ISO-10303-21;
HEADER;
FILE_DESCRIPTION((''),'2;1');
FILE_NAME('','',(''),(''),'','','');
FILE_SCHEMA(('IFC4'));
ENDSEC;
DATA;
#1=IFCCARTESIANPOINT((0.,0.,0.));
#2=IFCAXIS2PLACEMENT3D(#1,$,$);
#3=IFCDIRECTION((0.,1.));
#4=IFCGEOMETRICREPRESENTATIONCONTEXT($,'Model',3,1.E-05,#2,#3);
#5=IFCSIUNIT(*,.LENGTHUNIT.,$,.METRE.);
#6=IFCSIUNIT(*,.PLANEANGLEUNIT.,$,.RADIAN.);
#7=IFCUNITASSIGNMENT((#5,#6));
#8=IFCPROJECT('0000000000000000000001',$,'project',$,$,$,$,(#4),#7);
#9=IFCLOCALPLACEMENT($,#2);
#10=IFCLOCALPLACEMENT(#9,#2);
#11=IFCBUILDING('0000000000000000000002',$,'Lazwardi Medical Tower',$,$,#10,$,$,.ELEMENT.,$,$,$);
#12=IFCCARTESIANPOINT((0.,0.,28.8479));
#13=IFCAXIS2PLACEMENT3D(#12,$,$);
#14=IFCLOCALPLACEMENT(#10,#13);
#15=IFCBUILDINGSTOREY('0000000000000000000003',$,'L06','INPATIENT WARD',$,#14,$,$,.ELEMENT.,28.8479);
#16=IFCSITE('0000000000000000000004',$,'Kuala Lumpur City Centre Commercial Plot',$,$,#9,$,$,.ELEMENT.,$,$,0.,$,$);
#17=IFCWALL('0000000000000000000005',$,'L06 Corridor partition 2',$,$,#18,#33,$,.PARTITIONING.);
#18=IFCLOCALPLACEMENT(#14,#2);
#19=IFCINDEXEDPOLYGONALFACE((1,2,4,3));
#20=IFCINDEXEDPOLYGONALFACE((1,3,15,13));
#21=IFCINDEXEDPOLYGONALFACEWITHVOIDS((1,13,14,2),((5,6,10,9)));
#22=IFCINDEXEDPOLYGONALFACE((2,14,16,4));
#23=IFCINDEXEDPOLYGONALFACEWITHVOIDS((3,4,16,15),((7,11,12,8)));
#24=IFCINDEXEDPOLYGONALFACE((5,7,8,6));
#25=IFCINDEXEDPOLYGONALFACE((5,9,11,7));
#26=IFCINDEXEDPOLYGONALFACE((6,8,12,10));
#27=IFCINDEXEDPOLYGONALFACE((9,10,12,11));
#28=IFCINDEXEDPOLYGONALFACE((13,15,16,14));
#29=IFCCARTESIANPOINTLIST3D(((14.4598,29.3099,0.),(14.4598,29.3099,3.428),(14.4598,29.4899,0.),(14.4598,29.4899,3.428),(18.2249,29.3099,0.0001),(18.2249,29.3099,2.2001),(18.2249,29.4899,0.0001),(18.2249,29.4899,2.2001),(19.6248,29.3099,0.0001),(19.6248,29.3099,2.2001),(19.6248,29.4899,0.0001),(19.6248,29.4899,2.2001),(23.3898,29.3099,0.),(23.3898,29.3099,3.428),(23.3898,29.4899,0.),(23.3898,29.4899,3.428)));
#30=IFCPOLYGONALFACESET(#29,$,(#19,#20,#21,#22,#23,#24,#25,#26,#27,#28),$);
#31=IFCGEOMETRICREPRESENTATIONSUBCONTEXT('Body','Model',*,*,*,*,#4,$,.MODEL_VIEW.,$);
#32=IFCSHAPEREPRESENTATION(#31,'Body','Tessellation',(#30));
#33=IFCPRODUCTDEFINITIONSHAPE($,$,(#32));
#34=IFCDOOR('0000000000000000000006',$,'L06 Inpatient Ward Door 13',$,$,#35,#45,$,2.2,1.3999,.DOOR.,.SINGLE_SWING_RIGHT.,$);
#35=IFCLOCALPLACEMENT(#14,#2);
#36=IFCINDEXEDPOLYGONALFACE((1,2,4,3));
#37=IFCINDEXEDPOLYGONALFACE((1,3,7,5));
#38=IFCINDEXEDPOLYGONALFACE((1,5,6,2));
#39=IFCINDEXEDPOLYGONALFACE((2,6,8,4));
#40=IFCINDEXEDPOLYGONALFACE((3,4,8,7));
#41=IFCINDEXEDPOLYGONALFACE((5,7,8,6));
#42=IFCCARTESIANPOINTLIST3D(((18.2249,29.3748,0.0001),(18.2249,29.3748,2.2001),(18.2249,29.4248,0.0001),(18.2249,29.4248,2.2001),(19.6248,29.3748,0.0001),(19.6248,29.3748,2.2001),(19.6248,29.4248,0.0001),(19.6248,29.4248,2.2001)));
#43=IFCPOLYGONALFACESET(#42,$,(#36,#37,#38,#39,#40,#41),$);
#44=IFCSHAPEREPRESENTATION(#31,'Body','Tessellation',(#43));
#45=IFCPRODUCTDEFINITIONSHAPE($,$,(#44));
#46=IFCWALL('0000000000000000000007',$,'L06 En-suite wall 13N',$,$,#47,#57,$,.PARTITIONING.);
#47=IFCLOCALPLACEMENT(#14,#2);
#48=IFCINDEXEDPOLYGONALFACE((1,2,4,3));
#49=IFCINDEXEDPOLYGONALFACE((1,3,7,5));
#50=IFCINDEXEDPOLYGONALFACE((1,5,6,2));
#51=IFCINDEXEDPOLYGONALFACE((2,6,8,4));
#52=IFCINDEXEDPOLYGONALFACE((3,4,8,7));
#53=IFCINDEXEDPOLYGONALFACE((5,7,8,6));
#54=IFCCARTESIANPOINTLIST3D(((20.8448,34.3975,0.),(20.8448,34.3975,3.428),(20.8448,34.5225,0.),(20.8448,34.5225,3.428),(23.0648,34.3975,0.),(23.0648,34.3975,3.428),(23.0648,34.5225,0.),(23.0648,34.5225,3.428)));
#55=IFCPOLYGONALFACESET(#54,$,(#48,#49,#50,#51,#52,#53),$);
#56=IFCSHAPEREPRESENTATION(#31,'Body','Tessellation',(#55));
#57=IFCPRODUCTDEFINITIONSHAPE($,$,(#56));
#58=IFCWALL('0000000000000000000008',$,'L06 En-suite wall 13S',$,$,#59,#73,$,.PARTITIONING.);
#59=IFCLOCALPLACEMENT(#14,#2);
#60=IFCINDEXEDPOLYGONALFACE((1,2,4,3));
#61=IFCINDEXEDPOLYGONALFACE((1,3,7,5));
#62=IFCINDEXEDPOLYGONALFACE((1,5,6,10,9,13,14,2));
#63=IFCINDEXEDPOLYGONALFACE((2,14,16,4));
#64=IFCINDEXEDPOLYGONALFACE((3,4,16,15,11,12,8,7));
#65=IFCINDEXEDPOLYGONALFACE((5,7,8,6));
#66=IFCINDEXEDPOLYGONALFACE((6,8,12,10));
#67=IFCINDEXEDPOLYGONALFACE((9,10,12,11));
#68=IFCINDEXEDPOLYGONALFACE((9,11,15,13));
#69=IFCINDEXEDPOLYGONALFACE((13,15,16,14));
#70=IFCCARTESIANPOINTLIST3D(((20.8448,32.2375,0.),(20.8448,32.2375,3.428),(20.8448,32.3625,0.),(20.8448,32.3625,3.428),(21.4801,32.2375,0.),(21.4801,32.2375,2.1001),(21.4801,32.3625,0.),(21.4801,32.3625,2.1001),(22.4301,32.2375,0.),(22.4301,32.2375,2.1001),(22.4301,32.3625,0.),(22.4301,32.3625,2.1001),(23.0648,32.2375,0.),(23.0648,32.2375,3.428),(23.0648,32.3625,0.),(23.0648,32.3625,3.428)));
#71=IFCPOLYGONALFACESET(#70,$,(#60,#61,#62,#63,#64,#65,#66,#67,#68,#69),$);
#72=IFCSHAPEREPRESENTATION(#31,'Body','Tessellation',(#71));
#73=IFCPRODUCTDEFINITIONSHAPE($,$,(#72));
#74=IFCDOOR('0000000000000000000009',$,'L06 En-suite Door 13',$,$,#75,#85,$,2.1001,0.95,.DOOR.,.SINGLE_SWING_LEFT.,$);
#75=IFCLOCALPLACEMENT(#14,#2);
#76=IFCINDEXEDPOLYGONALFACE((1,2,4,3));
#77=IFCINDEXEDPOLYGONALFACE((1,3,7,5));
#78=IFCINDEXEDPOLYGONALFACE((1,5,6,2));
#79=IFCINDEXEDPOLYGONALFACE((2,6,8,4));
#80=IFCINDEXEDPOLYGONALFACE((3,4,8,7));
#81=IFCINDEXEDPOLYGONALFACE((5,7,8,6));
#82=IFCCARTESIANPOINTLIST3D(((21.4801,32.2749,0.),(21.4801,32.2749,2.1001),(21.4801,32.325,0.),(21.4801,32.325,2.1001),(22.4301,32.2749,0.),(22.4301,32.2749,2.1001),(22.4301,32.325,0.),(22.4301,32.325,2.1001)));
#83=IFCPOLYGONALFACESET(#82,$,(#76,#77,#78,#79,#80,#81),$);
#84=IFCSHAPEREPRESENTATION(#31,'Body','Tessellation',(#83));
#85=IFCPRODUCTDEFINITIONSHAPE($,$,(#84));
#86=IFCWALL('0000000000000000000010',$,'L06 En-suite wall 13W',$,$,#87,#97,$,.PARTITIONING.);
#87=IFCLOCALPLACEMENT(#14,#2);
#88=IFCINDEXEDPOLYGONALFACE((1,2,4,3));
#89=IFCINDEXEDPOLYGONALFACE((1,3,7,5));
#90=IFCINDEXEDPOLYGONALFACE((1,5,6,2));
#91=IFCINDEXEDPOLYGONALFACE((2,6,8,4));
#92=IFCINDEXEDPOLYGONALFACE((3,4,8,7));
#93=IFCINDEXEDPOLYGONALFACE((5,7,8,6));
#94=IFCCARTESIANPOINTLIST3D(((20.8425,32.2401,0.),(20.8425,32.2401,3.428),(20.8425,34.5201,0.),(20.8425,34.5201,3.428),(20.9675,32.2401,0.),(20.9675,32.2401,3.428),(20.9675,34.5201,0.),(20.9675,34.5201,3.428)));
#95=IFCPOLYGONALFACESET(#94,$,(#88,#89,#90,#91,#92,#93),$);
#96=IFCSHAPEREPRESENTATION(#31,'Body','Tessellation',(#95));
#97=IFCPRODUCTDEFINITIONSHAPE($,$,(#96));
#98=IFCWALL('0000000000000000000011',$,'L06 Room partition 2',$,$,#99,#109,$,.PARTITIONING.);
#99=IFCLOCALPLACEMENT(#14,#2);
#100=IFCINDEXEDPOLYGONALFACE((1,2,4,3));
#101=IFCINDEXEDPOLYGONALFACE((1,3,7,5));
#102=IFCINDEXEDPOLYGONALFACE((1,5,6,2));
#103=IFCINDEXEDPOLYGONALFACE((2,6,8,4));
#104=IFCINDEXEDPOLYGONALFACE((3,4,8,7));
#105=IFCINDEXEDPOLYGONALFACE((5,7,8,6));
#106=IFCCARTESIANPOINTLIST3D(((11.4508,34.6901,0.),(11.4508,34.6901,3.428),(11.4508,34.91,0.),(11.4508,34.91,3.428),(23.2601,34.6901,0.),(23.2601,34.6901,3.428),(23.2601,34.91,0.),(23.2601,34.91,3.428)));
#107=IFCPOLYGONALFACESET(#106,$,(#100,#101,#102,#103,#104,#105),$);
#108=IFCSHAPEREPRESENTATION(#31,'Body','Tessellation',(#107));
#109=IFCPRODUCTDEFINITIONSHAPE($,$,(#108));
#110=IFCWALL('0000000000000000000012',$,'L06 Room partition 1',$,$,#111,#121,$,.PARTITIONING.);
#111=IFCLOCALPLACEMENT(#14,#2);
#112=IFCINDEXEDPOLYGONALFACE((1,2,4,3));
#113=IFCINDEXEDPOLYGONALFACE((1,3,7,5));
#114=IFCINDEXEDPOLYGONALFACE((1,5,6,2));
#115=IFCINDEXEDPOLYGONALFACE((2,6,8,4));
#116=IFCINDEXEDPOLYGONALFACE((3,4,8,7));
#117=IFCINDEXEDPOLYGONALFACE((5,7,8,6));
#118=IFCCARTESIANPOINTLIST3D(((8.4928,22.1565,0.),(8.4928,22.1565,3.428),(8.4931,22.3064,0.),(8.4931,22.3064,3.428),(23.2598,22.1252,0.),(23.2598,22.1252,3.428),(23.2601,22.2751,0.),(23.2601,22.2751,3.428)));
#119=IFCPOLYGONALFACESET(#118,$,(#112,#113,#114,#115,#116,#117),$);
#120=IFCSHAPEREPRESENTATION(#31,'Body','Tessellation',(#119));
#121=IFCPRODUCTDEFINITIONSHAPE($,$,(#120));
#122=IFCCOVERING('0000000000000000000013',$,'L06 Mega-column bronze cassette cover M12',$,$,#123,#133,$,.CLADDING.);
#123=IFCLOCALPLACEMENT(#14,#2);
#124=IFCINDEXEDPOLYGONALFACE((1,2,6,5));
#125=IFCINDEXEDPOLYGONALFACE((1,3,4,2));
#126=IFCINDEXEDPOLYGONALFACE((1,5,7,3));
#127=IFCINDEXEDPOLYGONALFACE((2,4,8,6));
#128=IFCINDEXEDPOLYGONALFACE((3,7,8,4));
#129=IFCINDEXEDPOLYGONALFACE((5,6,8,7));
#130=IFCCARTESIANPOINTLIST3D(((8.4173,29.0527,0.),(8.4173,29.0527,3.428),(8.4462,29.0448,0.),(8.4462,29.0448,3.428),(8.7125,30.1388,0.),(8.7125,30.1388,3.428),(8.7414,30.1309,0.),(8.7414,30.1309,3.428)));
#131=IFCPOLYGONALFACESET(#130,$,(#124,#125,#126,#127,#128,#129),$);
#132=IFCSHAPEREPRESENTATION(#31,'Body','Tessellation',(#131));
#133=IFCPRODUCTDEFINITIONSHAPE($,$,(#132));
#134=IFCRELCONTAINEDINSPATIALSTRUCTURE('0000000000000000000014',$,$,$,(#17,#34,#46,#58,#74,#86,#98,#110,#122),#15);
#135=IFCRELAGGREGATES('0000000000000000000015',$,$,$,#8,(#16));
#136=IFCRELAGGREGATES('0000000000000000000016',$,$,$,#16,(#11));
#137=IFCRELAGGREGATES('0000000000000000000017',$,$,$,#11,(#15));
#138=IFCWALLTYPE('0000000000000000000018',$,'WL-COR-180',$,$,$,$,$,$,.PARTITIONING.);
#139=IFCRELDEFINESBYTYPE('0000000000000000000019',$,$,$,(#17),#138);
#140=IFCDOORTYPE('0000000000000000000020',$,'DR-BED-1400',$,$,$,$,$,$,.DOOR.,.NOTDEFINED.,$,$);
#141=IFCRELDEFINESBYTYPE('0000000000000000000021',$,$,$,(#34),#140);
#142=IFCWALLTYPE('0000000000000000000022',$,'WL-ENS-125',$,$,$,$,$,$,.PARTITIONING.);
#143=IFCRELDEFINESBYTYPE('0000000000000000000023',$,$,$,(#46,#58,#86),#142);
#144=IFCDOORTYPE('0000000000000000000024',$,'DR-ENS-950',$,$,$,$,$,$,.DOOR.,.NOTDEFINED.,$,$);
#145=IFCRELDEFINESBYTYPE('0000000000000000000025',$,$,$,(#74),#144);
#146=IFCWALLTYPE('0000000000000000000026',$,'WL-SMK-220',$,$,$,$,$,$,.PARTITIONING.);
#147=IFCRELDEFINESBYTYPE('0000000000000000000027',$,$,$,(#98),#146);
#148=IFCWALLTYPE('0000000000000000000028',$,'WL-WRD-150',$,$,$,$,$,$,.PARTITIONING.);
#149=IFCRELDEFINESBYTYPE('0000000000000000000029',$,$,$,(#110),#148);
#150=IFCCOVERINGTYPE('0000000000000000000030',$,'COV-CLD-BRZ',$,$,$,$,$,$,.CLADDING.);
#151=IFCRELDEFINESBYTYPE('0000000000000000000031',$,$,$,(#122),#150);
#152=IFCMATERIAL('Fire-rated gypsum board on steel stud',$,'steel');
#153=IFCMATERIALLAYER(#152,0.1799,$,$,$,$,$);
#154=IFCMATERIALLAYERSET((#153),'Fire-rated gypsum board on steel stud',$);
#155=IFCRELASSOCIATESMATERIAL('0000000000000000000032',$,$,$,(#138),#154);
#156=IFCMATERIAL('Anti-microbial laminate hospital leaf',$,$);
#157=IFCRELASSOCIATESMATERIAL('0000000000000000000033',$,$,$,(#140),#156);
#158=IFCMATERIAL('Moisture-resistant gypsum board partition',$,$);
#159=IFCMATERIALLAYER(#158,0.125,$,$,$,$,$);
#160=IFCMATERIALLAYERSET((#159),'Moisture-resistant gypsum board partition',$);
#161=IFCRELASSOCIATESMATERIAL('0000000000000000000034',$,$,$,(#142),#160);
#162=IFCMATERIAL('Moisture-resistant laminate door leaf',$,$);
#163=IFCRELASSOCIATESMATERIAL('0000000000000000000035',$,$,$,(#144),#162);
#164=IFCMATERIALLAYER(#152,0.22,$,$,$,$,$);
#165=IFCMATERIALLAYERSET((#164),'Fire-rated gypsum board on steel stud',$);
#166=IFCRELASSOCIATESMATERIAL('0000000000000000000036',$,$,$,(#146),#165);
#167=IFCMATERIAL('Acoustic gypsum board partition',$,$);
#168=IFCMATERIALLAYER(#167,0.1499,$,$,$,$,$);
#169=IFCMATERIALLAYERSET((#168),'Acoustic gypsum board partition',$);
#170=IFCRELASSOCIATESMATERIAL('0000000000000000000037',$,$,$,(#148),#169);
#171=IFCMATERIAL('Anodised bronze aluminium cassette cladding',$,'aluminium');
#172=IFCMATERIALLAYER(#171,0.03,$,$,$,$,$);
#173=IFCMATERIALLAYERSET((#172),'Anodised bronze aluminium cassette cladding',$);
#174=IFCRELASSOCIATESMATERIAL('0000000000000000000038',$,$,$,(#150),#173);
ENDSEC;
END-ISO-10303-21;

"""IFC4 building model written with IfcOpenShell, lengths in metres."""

from ifc_helpers import new_model, si_unit, direction, frame, frame_2d, origin, origin_2d, place, context, subcontext, project, spatial, rectangle, extrude, material, layer, layer_set, type_object, element, fill, save


model = new_model("IFC4")

# Units and contexts
model_context = context("Model", 3, precision=1e-05, world=origin(), true_north=direction((0.0, 1.0)))
body_context = subcontext(model_context, "Body", "Model", "MODEL_VIEW")
ifc_project = project(units=[si_unit("LENGTHUNIT", "METRE"), si_unit("PLANEANGLEUNIT", "RADIAN")], contexts=[model_context])

# Site, building, storey
site_placement = place(None, origin())
site = spatial("IfcSite", under=ifc_project, at=site_placement, Name="Kuala Lumpur City Centre Commercial Plot", CompositionType="ELEMENT", RefElevation=0.0)
building_placement = place(site_placement, origin())
building = spatial("IfcBuilding", under=site, at=building_placement, Name="Lazwardi Medical Tower", CompositionType="ELEMENT")
storey_placement = place(building_placement, frame((0.0, 0.0, 28.8479)))
storey = spatial("IfcBuildingStorey", under=building, at=storey_placement, Name="L06", Description="INPATIENT WARD", CompositionType="ELEMENT", Elevation=28.8479)

# Shared definitions
ifc_material_1 = material(Name="Fire-rated gypsum board on steel stud", Category="steel")
ifc_layer_1 = layer(ifc_material_1, 0.1799)
ifc_layer_set_1 = layer_set([ifc_layer_1], Name="Fire-rated gypsum board on steel stud")
wall_type_1 = type_object("IfcWallType", Name="WL-COR-180", PredefinedType="PARTITIONING", material=ifc_layer_set_1)

# Wall, opening, door
wall_1_placement = place(storey_placement, frame((14.46, 29.3999, 0.0), z_axis=(0.0, 0.0, 1.0), x_axis=(1.0, 0.0, 0.0)))
wall_1 = element("IfcWall", 1, at=wall_1_placement, inside=storey, type_object=wall_type_1, Name="L06 Corridor partition 2", PredefinedType="PARTITIONING", context=body_context, shape_type="SweptSolid", body=[
    extrude(rectangle(XDim=8.9299, YDim=0.1799, at=frame_2d((4.4648, 0.0))), origin(), (0.0, 0.0, 1.0), 3.428),
])
opening_1_placement = place(wall_1_placement, frame((3.7649, 0.0, 0.0)))
opening_1 = element("IfcOpeningElement", 2, at=opening_1_placement, cuts=wall_1, PredefinedType="OPENING", context=body_context, shape_type="SweptSolid", body=[
    extrude(rectangle(XDim=1.3999, YDim=2.2, at=frame_2d((0.7, 1.1001))), frame((0.0, 0.0999, 0.0), z_axis=(0.0, -1.0, 0.0), x_axis=(1.0, 0.0, 0.0)), (0.0, 0.0, 1.0), 0.2),
])
ifc_material_2 = material(Name="Anti-microbial laminate hospital leaf")
door_type_1 = type_object("IfcDoorType", Name="DR-BED-1400", OperationType="NOTDEFINED", PredefinedType="DOOR", material=ifc_material_2)
door_1_placement = place(opening_1_placement, origin())
door_1 = element("IfcDoor", 3, at=door_1_placement, inside=storey, type_object=door_type_1, Name="L06 Inpatient Ward Door 13", OperationType="SINGLE_SWING_RIGHT", OverallHeight=2.2, OverallWidth=1.3999, PredefinedType="DOOR", context=body_context, shape_type="SweptSolid", body=[
    extrude(rectangle(XDim=1.3999, YDim=2.2, at=frame_2d((0.7, 1.1001))), frame((0.0, 0.0249, 0.0), z_axis=(0.0, -1.0, 0.0), x_axis=(1.0, 0.0, 0.0)), (0.0, 0.0, 1.0), 0.05),
])
fill(opening_1, door_1)

# Wall
ifc_material_3 = material(Name="Moisture-resistant gypsum board partition")
ifc_layer_2 = layer(ifc_material_3, 0.125)
ifc_layer_set_2 = layer_set([ifc_layer_2], Name="Moisture-resistant gypsum board partition")
wall_type_2 = type_object("IfcWallType", Name="WL-ENS-125", PredefinedType="PARTITIONING", material=ifc_layer_set_2)
wall_2_placement = place(storey_placement, frame((20.845, 34.46, 0.0), z_axis=(0.0, 0.0, 1.0), x_axis=(1.0, 0.0, 0.0)))
element("IfcWall", 4, at=wall_2_placement, inside=storey, type_object=wall_type_2, Name="L06 En-suite wall 13N", PredefinedType="PARTITIONING", context=body_context, shape_type="SweptSolid", body=[
    extrude(rectangle(XDim=2.22, YDim=0.125, at=frame_2d((1.1099, 0.0))), origin(), (0.0, 0.0, 1.0), 3.428),
])

# Wall, opening, door
wall_3_placement = place(storey_placement, frame((20.845, 32.3, 0.0), z_axis=(0.0, 0.0, 1.0), x_axis=(1.0, 0.0, 0.0)))
wall_3 = element("IfcWall", 5, at=wall_3_placement, inside=storey, type_object=wall_type_2, Name="L06 En-suite wall 13S", PredefinedType="PARTITIONING", context=body_context, shape_type="SweptSolid", body=[
    extrude(rectangle(XDim=2.22, YDim=0.125, at=frame_2d((1.1099, 0.0))), origin(), (0.0, 0.0, 1.0), 3.428),
])
opening_2_placement = place(wall_3_placement, frame((0.635, 0.0, 0.0)))
opening_2 = element("IfcOpeningElement", 6, at=opening_2_placement, cuts=wall_3, PredefinedType="OPENING", context=body_context, shape_type="SweptSolid", body=[
    extrude(rectangle(XDim=0.95, YDim=2.1001, at=frame_2d((0.4751, 1.05))), frame((0.0, 0.0725, 0.0), z_axis=(0.0, -1.0, 0.0), x_axis=(1.0, 0.0, 0.0)), (0.0, 0.0, 1.0), 0.145),
])
ifc_material_4 = material(Name="Moisture-resistant laminate door leaf")
door_type_2 = type_object("IfcDoorType", Name="DR-ENS-950", OperationType="NOTDEFINED", PredefinedType="DOOR", material=ifc_material_4)
door_2_placement = place(opening_2_placement, origin())
door_2 = element("IfcDoor", 7, at=door_2_placement, inside=storey, type_object=door_type_2, Name="L06 En-suite Door 13", OperationType="SINGLE_SWING_LEFT", OverallHeight=2.1001, OverallWidth=0.95, PredefinedType="DOOR", context=body_context, shape_type="SweptSolid", body=[
    extrude(rectangle(XDim=0.95, YDim=2.1001, at=frame_2d((0.4751, 1.05))), frame((0.0, 0.0249, 0.0), z_axis=(0.0, -1.0, 0.0), x_axis=(1.0, 0.0, 0.0)), (0.0, 0.0, 1.0), 0.05),
])
fill(opening_2, door_2)

# Walls
wall_4_placement = place(storey_placement, frame((20.905, 32.24, 0.0), z_axis=(0.0, 0.0, 1.0), x_axis=(0.0, 1.0, 0.0)))
element("IfcWall", 8, at=wall_4_placement, inside=storey, type_object=wall_type_2, Name="L06 En-suite wall 13W", PredefinedType="PARTITIONING", context=body_context, shape_type="SweptSolid", body=[
    extrude(rectangle(XDim=2.28, YDim=0.125, at=frame_2d((1.1401, 0.0))), origin(), (0.0, 0.0, 1.0), 3.428),
])
ifc_layer_3 = layer(ifc_material_1, 0.22)
ifc_layer_set_3 = layer_set([ifc_layer_3], Name="Fire-rated gypsum board on steel stud")
wall_type_3 = type_object("IfcWallType", Name="WL-SMK-220", PredefinedType="PARTITIONING", material=ifc_layer_set_3)
wall_5_placement = place(storey_placement, frame((11.4507, 34.8, 0.0), z_axis=(0.0, 0.0, 1.0), x_axis=(1.0, 0.0, 0.0)))
element("IfcWall", 9, at=wall_5_placement, inside=storey, type_object=wall_type_3, Name="L06 Room partition 2", PredefinedType="PARTITIONING", context=body_context, shape_type="SweptSolid", body=[
    extrude(rectangle(XDim=11.8093, YDim=0.22, at=frame_2d((5.9048, 0.0))), origin(), (0.0, 0.0, 1.0), 3.428),
])
ifc_material_5 = material(Name="Acoustic gypsum board partition")
ifc_layer_4 = layer(ifc_material_5, 0.1499)
ifc_layer_set_4 = layer_set([ifc_layer_4], Name="Acoustic gypsum board partition")
wall_type_4 = type_object("IfcWallType", Name="WL-WRD-150", PredefinedType="PARTITIONING", material=ifc_layer_set_4)
wall_6_placement = place(storey_placement, frame((8.4929, 22.2314, 0.0), z_axis=(0.0, 0.0, 1.0), x_axis=(0.999998, -0.002116, 0.0)))
element("IfcWall", 10, at=wall_6_placement, inside=storey, type_object=wall_type_4, Name="L06 Room partition 1", PredefinedType="PARTITIONING", context=body_context, shape_type="SweptSolid", body=[
    extrude(rectangle(XDim=14.7671, YDim=0.1499, at=frame_2d((7.3835, 0.0))), origin(), (0.0, 0.0, 1.0), 3.428),
])

# Covering
ifc_material_6 = material(Name="Anodised bronze aluminium cassette cladding", Category="aluminium")
ifc_layer_5 = layer(ifc_material_6, 0.03)
ifc_layer_set_5 = layer_set([ifc_layer_5], Name="Anodised bronze aluminium cassette cladding")
covering_type = type_object("IfcCoveringType", Name="COV-CLD-BRZ", PredefinedType="CLADDING", material=ifc_layer_set_5)
covering_placement = place(storey_placement, frame((8.5793, 29.5918, 0.0), z_axis=(0.0, 0.0, 1.0), x_axis=(-0.262283, -0.964991, 0.0)))
element("IfcCovering", 11, at=covering_placement, inside=storey, type_object=covering_type, Name="L06 Mega-column bronze cassette cover M12", PredefinedType="CLADDING", context=body_context, shape_type="SweptSolid", body=[
    extrude(rectangle(XDim=1.1255, YDim=0.03, at=origin_2d()), origin(), (0.0, 0.0, 1.0), 3.428),
])

save(model, "model.ifc")
